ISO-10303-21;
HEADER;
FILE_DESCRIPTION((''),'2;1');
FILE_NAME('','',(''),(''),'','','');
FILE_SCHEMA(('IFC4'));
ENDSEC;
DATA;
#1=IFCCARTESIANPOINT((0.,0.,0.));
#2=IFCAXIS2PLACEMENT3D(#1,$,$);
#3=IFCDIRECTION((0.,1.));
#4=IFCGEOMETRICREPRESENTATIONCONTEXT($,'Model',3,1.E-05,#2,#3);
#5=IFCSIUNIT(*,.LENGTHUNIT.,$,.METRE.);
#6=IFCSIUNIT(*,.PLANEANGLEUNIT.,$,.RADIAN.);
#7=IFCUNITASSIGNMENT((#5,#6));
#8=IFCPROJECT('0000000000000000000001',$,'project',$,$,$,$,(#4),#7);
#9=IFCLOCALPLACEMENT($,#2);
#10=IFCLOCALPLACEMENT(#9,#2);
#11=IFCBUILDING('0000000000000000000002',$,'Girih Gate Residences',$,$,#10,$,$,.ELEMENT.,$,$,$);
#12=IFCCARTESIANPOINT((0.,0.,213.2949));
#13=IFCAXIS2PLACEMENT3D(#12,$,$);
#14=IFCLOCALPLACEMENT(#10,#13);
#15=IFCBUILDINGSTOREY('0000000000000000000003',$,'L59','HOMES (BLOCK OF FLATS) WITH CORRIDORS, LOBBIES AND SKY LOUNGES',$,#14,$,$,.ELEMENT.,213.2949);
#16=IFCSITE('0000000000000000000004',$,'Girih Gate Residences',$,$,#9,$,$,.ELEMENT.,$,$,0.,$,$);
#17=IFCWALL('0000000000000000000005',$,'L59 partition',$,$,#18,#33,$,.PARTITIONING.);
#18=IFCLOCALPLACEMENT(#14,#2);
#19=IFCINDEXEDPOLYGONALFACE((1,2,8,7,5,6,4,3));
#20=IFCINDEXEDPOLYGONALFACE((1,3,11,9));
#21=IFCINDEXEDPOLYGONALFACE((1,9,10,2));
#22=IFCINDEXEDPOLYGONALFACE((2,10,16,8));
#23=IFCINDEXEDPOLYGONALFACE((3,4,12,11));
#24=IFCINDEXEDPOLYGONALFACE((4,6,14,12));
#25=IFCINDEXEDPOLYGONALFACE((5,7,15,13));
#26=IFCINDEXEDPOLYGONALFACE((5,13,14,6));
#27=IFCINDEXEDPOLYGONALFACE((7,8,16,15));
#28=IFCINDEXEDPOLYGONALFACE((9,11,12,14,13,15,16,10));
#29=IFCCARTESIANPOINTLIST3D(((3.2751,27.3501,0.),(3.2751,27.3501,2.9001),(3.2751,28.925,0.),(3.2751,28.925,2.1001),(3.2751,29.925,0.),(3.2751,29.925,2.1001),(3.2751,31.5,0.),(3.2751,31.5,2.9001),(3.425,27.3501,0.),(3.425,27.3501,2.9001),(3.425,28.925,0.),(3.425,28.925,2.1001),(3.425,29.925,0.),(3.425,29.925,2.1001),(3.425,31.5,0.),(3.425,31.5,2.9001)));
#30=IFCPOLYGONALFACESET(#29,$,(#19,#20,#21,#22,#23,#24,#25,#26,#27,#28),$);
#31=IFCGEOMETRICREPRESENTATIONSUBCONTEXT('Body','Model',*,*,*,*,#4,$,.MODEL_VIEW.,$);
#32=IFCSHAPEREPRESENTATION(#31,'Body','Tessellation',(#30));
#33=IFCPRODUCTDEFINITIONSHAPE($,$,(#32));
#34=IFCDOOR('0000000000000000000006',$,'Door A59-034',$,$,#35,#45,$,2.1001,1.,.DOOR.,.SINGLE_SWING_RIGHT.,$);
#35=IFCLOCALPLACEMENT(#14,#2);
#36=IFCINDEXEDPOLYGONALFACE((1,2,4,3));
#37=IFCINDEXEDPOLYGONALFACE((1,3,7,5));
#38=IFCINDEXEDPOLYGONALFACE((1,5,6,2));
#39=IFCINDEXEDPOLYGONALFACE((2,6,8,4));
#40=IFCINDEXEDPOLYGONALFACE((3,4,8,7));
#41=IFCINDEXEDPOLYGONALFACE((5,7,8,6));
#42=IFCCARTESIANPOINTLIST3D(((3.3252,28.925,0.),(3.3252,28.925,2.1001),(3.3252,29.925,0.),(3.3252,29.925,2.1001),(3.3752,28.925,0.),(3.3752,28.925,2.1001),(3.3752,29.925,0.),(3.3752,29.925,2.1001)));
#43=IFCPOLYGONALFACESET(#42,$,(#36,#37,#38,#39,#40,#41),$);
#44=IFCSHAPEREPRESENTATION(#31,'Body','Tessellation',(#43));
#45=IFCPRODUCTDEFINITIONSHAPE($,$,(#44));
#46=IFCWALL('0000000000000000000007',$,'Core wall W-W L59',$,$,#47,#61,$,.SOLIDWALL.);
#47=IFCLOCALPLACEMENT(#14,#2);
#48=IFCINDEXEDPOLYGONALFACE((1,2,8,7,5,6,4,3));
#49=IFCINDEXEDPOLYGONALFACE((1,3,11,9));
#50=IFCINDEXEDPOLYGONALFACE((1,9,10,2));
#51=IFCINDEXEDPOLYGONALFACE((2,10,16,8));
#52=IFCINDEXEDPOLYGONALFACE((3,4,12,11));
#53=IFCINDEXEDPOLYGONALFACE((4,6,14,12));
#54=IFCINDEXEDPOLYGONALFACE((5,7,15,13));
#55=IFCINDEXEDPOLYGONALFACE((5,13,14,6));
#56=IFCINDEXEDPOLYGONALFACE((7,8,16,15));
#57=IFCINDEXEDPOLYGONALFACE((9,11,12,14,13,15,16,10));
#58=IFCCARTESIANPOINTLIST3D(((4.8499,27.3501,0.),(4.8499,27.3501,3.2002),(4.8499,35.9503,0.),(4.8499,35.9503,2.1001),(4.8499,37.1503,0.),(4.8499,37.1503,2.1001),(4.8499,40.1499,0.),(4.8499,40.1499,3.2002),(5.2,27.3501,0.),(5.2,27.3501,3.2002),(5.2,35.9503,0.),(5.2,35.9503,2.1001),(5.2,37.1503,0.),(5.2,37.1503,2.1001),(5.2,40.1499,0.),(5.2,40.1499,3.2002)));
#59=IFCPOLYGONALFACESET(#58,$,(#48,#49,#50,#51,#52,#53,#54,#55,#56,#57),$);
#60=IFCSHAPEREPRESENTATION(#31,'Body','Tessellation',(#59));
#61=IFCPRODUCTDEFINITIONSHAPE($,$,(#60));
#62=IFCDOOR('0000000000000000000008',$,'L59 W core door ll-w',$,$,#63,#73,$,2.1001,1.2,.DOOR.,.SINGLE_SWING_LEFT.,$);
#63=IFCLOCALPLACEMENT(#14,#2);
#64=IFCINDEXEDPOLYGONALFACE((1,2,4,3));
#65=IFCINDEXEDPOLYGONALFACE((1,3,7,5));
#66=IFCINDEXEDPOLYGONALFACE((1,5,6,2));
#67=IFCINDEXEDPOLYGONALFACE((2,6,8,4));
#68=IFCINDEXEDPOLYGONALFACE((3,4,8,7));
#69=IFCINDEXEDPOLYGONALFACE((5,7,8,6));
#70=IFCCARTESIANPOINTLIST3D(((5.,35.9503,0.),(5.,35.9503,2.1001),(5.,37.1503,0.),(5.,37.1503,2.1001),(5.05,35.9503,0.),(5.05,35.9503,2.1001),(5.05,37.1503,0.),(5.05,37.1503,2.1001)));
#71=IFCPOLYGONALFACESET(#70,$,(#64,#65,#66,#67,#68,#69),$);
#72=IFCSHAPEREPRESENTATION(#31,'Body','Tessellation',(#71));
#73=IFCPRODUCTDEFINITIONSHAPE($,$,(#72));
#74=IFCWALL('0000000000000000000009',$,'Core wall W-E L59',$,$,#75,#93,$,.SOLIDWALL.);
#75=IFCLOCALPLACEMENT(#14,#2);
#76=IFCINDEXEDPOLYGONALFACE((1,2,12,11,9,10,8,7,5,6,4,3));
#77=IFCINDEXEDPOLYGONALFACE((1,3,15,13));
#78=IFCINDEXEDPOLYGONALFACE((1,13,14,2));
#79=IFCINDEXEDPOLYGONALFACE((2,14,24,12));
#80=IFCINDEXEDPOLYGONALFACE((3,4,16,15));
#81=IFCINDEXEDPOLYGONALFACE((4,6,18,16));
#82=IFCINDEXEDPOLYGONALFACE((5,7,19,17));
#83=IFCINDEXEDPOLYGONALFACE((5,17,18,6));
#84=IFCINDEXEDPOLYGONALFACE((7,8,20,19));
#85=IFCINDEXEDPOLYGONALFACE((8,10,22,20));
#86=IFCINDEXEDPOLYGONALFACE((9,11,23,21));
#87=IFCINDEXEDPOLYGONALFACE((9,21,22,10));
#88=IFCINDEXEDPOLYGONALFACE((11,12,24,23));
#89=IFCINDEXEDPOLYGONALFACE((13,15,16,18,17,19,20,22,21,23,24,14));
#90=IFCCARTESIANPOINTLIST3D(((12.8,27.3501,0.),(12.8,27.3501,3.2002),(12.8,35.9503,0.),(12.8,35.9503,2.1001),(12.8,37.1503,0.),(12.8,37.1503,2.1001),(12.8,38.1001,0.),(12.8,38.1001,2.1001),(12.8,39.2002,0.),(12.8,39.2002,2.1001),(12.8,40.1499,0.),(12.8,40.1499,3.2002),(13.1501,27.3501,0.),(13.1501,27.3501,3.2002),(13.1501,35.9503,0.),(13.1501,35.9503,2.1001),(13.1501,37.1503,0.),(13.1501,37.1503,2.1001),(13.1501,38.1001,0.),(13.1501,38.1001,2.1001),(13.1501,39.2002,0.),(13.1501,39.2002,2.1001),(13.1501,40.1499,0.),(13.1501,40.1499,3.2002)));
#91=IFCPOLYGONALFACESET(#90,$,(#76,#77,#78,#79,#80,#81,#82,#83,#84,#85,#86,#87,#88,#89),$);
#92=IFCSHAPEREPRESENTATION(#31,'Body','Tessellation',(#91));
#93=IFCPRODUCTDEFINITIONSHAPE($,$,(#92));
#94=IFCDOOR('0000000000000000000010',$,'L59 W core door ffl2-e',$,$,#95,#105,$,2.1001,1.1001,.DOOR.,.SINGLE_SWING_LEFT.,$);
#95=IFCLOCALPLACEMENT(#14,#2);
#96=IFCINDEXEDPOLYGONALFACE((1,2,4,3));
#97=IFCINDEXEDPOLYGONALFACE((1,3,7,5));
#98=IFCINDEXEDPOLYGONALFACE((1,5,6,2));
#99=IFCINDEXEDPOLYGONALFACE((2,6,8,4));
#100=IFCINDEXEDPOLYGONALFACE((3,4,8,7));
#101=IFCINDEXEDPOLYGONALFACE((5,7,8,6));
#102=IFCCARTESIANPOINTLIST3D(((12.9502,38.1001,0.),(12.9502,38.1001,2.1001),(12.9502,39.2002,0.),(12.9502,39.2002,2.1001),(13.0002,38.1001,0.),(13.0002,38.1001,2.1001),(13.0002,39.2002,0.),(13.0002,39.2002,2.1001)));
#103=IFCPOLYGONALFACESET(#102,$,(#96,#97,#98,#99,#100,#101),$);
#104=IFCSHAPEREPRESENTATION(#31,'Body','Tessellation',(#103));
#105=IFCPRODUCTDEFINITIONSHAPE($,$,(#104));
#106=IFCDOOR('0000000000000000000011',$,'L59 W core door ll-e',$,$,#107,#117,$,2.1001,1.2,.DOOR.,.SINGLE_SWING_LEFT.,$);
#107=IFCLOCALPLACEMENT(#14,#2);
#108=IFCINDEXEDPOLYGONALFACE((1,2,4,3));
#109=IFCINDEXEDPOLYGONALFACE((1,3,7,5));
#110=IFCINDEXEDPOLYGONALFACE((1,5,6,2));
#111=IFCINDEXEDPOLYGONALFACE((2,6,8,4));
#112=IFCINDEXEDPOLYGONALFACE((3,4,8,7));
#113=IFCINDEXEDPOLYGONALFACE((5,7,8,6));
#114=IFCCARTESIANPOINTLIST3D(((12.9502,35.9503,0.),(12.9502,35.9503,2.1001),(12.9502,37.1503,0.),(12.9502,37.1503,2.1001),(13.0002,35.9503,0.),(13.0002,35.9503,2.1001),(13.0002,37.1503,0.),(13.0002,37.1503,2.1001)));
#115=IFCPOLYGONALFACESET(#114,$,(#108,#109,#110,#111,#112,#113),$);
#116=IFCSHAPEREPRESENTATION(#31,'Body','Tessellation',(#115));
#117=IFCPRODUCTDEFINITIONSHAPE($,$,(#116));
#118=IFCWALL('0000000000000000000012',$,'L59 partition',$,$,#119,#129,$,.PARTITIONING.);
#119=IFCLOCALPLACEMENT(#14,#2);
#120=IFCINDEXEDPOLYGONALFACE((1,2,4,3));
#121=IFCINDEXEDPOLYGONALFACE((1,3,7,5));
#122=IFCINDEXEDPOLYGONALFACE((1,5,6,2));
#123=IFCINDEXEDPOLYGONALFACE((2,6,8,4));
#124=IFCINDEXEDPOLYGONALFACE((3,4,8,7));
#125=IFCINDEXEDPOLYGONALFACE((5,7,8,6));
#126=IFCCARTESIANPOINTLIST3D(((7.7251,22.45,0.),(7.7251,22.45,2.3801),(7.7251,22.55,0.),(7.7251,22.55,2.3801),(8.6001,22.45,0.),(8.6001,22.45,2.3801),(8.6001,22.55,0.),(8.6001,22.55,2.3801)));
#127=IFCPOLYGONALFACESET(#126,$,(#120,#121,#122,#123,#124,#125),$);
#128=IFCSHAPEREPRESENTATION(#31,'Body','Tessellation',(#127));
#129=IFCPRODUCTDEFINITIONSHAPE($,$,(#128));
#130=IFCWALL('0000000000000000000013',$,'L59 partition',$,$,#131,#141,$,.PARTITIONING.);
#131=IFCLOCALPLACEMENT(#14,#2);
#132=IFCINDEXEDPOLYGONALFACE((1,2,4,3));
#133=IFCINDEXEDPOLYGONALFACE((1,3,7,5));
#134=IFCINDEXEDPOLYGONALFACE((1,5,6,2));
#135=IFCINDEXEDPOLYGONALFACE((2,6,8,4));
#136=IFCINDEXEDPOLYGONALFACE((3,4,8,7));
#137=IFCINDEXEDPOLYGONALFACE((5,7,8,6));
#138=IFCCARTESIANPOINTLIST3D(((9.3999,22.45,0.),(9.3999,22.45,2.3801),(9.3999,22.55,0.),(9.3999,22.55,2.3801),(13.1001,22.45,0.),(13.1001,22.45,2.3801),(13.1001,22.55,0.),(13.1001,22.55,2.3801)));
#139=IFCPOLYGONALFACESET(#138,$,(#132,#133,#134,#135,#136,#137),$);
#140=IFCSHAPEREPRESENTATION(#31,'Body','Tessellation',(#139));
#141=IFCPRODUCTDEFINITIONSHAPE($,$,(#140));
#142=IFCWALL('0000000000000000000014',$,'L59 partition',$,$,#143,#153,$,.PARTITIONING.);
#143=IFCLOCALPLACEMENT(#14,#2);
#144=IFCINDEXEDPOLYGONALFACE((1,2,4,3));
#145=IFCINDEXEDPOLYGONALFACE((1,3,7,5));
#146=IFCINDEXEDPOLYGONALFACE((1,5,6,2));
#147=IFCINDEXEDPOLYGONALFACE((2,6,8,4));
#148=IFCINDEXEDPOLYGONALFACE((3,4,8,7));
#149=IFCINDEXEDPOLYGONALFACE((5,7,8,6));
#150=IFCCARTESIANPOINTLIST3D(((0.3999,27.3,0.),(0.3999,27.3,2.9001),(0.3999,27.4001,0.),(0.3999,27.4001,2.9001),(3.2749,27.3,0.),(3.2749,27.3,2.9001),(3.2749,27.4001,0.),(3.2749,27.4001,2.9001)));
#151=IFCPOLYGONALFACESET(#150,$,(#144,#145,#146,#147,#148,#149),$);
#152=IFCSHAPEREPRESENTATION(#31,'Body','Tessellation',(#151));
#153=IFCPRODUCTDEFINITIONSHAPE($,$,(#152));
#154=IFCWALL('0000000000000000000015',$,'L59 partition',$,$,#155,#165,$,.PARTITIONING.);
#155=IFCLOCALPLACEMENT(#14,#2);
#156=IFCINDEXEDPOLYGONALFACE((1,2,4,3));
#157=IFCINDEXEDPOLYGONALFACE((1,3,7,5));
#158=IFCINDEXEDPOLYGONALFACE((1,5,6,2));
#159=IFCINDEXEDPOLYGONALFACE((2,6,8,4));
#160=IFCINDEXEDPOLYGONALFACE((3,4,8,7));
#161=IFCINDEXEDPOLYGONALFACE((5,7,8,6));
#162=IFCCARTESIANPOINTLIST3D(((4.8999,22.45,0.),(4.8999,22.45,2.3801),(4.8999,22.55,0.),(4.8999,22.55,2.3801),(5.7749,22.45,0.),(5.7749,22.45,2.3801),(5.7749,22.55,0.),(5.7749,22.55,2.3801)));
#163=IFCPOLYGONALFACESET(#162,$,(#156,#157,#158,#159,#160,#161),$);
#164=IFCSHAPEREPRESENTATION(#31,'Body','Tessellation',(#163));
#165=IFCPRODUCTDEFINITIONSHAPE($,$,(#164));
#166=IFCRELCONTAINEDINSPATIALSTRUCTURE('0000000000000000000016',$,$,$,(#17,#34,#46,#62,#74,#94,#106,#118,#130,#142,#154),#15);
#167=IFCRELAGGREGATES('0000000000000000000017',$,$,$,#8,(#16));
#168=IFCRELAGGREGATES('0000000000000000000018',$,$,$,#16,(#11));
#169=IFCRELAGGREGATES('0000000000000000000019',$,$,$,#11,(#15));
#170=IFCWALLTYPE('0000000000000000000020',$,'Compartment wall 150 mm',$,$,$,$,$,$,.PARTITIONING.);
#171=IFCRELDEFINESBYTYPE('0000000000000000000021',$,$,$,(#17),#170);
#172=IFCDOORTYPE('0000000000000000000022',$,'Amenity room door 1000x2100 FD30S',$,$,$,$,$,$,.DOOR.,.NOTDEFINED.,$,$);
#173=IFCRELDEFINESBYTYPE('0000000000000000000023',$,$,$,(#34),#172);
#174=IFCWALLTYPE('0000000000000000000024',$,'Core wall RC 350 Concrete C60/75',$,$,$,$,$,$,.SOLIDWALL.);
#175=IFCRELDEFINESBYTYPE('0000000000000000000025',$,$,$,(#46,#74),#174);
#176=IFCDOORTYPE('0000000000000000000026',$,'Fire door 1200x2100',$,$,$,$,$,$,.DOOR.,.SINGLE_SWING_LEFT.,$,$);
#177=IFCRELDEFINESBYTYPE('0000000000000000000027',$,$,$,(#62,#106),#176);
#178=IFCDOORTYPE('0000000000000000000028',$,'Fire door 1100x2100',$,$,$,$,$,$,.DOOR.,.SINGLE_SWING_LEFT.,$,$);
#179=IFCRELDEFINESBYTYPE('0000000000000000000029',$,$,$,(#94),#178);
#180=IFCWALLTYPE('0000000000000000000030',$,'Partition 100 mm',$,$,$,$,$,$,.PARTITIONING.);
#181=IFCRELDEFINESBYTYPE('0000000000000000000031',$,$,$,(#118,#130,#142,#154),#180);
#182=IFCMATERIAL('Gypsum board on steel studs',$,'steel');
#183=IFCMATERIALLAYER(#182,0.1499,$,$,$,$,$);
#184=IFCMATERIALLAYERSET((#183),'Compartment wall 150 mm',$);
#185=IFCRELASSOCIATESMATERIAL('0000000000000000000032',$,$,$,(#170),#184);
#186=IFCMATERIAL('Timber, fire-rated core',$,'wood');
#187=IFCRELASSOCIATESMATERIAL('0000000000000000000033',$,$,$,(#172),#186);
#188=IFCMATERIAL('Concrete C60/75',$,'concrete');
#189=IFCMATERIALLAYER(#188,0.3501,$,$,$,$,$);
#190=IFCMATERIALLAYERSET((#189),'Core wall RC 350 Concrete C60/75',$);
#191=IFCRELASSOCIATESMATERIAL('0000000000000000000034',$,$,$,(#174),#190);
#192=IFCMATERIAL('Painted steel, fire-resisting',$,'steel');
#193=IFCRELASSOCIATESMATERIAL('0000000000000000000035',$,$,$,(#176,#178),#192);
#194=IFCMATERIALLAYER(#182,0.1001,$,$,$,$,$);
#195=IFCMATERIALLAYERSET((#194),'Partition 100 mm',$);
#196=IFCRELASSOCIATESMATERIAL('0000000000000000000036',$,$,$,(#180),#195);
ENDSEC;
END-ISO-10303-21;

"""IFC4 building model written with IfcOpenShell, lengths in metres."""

from ifc_helpers import new_model, si_unit, direction, frame, frame_2d, origin, place, context, subcontext, project, spatial, rectangle, extrude, material, layer, layer_set, type_object, element, fill, save


model = new_model("IFC4")

# Units and contexts
model_context = context("Model", 3, precision=1e-05, world=origin(), true_north=direction((0.0, 1.0)))
body_context = subcontext(model_context, "Body", "Model", "MODEL_VIEW")
ifc_project = project(units=[si_unit("LENGTHUNIT", "METRE"), si_unit("PLANEANGLEUNIT", "RADIAN")], contexts=[model_context])

# Site, building, storey
site_placement = place(None, origin())
site = spatial("IfcSite", under=ifc_project, at=site_placement, Name="Girih Gate Residences", CompositionType="ELEMENT", RefElevation=0.0)
building_placement = place(site_placement, origin())
building = spatial("IfcBuilding", under=site, at=building_placement, Name="Girih Gate Residences", CompositionType="ELEMENT")
storey_placement = place(building_placement, frame((0.0, 0.0, 213.2949)))
storey = spatial("IfcBuildingStorey", under=building, at=storey_placement, Name="L59", Description="HOMES (BLOCK OF FLATS) WITH CORRIDORS, LOBBIES AND SKY LOUNGES", CompositionType="ELEMENT", Elevation=213.2949)

# Shared definitions
ifc_material_1 = material(Name="Concrete C60/75", Category="concrete")

# Shared definitions
ifc_material_2 = material(Name="Gypsum board on steel studs", Category="steel")
ifc_layer_1 = layer(ifc_material_2, 0.1499)
ifc_layer_set_1 = layer_set([ifc_layer_1], Name="Compartment wall 150 mm")
wall_type_1 = type_object("IfcWallType", Name="Compartment wall 150 mm", PredefinedType="PARTITIONING", material=ifc_layer_set_1)
ifc_material_3 = material(Name="Timber, fire-rated core", Category="wood")
door_type_1 = type_object("IfcDoorType", Name="Amenity room door 1000x2100 FD30S", OperationType="NOTDEFINED", PredefinedType="DOOR", material=ifc_material_3)

# Walls, openings, doors
wall_1_placement = place(storey_placement, frame((3.3501, 27.3501, 0.0), z_axis=(0.0, 0.0, 1.0), x_axis=(0.0, 1.0, 0.0)))
wall_1 = element("IfcWall", 1, at=wall_1_placement, inside=storey, type_object=wall_type_1, Name="L59 partition", PredefinedType="PARTITIONING", context=body_context, shape_type="SweptSolid", body=[
    extrude(rectangle(XDim=4.1499, YDim=0.1499, at=frame_2d((2.075, 0.0))), origin(), (0.0, 0.0, 1.0), 2.9001),
])
opening_1_placement = place(wall_1_placement, frame((1.575, 0.0, 0.0)))
opening_1 = element("IfcOpeningElement", 2, at=opening_1_placement, cuts=wall_1, PredefinedType="OPENING", context=body_context, shape_type="SweptSolid", body=[
    extrude(rectangle(XDim=1.0, YDim=2.1001, at=frame_2d((0.5, 1.05))), frame((0.0, 0.085, 0.0), z_axis=(0.0, -1.0, 0.0), x_axis=(1.0, 0.0, 0.0)), (0.0, 0.0, 1.0), 0.1699),
])
door_1_placement = place(opening_1_placement, origin())
door_1 = element("IfcDoor", 3, at=door_1_placement, inside=storey, type_object=door_type_1, Name="Door A59-034", OperationType="SINGLE_SWING_RIGHT", OverallHeight=2.1001, OverallWidth=1.0, PredefinedType="DOOR", context=body_context, shape_type="SweptSolid", body=[
    extrude(rectangle(XDim=1.0, YDim=2.1001, at=frame_2d((0.5, 1.05))), frame((0.0, 0.0249, 0.0), z_axis=(0.0, -1.0, 0.0), x_axis=(1.0, 0.0, 0.0)), (0.0, 0.0, 1.0), 0.05),
])
fill(opening_1, door_1)
ifc_layer_2 = layer(ifc_material_1, 0.3501)
ifc_layer_set_2 = layer_set([ifc_layer_2], Name="Core wall RC 350 Concrete C60/75")
wall_type_2 = type_object("IfcWallType", Name="Core wall RC 350 Concrete C60/75", PredefinedType="SOLIDWALL", material=ifc_layer_set_2)
wall_2_placement = place(storey_placement, frame((5.0249, 27.3501, 0.0), z_axis=(0.0, 0.0, 1.0), x_axis=(0.0, 1.0, 0.0)))
wall_2 = element("IfcWall", 4, at=wall_2_placement, inside=storey, type_object=wall_type_2, Name="Core wall W-W L59", PredefinedType="SOLIDWALL", context=body_context, shape_type="SweptSolid", body=[
    extrude(rectangle(XDim=12.7998, YDim=0.3501, at=frame_2d((6.3999, 0.0))), origin(), (0.0, 0.0, 1.0), 3.2002),
])
opening_2_placement = place(wall_2_placement, frame((8.6001, 0.0, 0.0)))
opening_2 = element("IfcOpeningElement", 5, at=opening_2_placement, cuts=wall_2, PredefinedType="OPENING", context=body_context, shape_type="SweptSolid", body=[
    extrude(rectangle(XDim=1.2, YDim=2.1001, at=frame_2d((0.6001, 1.05))), frame((0.0, 0.1851, 0.0), z_axis=(0.0, -1.0, 0.0), x_axis=(1.0, 0.0, 0.0)), (0.0, 0.0, 1.0), 0.3701),
])
ifc_material_4 = material(Name="Painted steel, fire-resisting", Category="steel")
door_type_2 = type_object("IfcDoorType", Name="Fire door 1200x2100", OperationType="SINGLE_SWING_LEFT", PredefinedType="DOOR", material=ifc_material_4)
door_2_placement = place(opening_2_placement, origin())
door_2 = element("IfcDoor", 6, at=door_2_placement, inside=storey, type_object=door_type_2, Name="L59 W core door ll-w", OperationType="SINGLE_SWING_LEFT", OverallHeight=2.1001, OverallWidth=1.2, PredefinedType="DOOR", context=body_context, shape_type="SweptSolid", body=[
    extrude(rectangle(XDim=1.2, YDim=2.1001, at=frame_2d((0.6001, 1.05))), frame((0.0, 0.0249, 0.0), z_axis=(0.0, -1.0, 0.0), x_axis=(1.0, 0.0, 0.0)), (0.0, 0.0, 1.0), 0.05),
])
fill(opening_2, door_2)

# Wall, openings, doors
wall_3_placement = place(storey_placement, frame((12.9751, 27.3501, 0.0), z_axis=(0.0, 0.0, 1.0), x_axis=(0.0, 1.0, 0.0)))
wall_3 = element("IfcWall", 7, at=wall_3_placement, inside=storey, type_object=wall_type_2, Name="Core wall W-E L59", PredefinedType="SOLIDWALL", context=body_context, shape_type="SweptSolid", body=[
    extrude(rectangle(XDim=12.7998, YDim=0.3501, at=frame_2d((6.3999, 0.0))), origin(), (0.0, 0.0, 1.0), 3.2002),
])
opening_3_placement = place(wall_3_placement, frame((10.75, 0.0, 0.0)))
opening_3 = element("IfcOpeningElement", 8, at=opening_3_placement, cuts=wall_3, PredefinedType="OPENING", context=body_context, shape_type="SweptSolid", body=[
    extrude(rectangle(XDim=1.1001, YDim=2.1001, at=frame_2d((0.55, 1.05))), frame((0.0, 0.1851, 0.0), z_axis=(0.0, -1.0, 0.0), x_axis=(1.0, 0.0, 0.0)), (0.0, 0.0, 1.0), 0.3701),
])
opening_4_placement = place(wall_3_placement, frame((8.6001, 0.0, 0.0)))
opening_4 = element("IfcOpeningElement", 9, at=opening_4_placement, cuts=wall_3, PredefinedType="OPENING", context=body_context, shape_type="SweptSolid", body=[
    extrude(rectangle(XDim=1.2, YDim=2.1001, at=frame_2d((0.6001, 1.05))), frame((0.0, 0.1851, 0.0), z_axis=(0.0, -1.0, 0.0), x_axis=(1.0, 0.0, 0.0)), (0.0, 0.0, 1.0), 0.3701),
])
door_type_3 = type_object("IfcDoorType", Name="Fire door 1100x2100", OperationType="SINGLE_SWING_LEFT", PredefinedType="DOOR", material=ifc_material_4)
door_3_placement = place(opening_3_placement, origin())
door_3 = element("IfcDoor", 10, at=door_3_placement, inside=storey, type_object=door_type_3, Name="L59 W core door ffl2-e", OperationType="SINGLE_SWING_LEFT", OverallHeight=2.1001, OverallWidth=1.1001, PredefinedType="DOOR", context=body_context, shape_type="SweptSolid", body=[
    extrude(rectangle(XDim=1.1001, YDim=2.1001, at=frame_2d((0.55, 1.05))), frame((0.0, 0.0249, 0.0), z_axis=(0.0, -1.0, 0.0), x_axis=(1.0, 0.0, 0.0)), (0.0, 0.0, 1.0), 0.05),
])
fill(opening_3, door_3)
door_4_placement = place(opening_4_placement, origin())
door_4 = element("IfcDoor", 11, at=door_4_placement, inside=storey, type_object=door_type_2, Name="L59 W core door ll-e", OperationType="SINGLE_SWING_LEFT", OverallHeight=2.1001, OverallWidth=1.2, PredefinedType="DOOR", context=body_context, shape_type="SweptSolid", body=[
    extrude(rectangle(XDim=1.2, YDim=2.1001, at=frame_2d((0.6001, 1.05))), frame((0.0, 0.0249, 0.0), z_axis=(0.0, -1.0, 0.0), x_axis=(1.0, 0.0, 0.0)), (0.0, 0.0, 1.0), 0.05),
])
fill(opening_4, door_4)

# Walls
ifc_layer_3 = layer(ifc_material_2, 0.1001)
ifc_layer_set_3 = layer_set([ifc_layer_3], Name="Partition 100 mm")
wall_type_3 = type_object("IfcWallType", Name="Partition 100 mm", PredefinedType="PARTITIONING", material=ifc_layer_set_3)
wall_4_placement = place(storey_placement, frame((7.7251, 22.5, 0.0), z_axis=(0.0, 0.0, 1.0), x_axis=(1.0, 0.0, 0.0)))
element("IfcWall", 12, at=wall_4_placement, inside=storey, type_object=wall_type_3, Name="L59 partition", PredefinedType="PARTITIONING", context=body_context, shape_type="SweptSolid", body=[
    extrude(rectangle(XDim=0.875, YDim=0.1001, at=frame_2d((0.4375, 0.0))), origin(), (0.0, 0.0, 1.0), 2.3801),
])
wall_5_placement = place(storey_placement, frame((9.3999, 22.5, 0.0), z_axis=(0.0, 0.0, 1.0), x_axis=(1.0, 0.0, 0.0)))
element("IfcWall", 13, at=wall_5_placement, inside=storey, type_object=wall_type_3, Name="L59 partition", PredefinedType="PARTITIONING", context=body_context, shape_type="SweptSolid", body=[
    extrude(rectangle(XDim=3.7002, YDim=0.1001, at=frame_2d((1.8501, 0.0))), origin(), (0.0, 0.0, 1.0), 2.3801),
])
wall_6_placement = place(storey_placement, frame((0.3999, 27.3501, 0.0), z_axis=(0.0, 0.0, 1.0), x_axis=(1.0, 0.0, 0.0)))
element("IfcWall", 14, at=wall_6_placement, inside=storey, type_object=wall_type_3, Name="L59 partition", PredefinedType="PARTITIONING", context=body_context, shape_type="SweptSolid", body=[
    extrude(rectangle(XDim=2.875, YDim=0.1001, at=frame_2d((1.4375, 0.0))), origin(), (0.0, 0.0, 1.0), 2.9001),
])
wall_7_placement = place(storey_placement, frame((4.8999, 22.5, 0.0), z_axis=(0.0, 0.0, 1.0), x_axis=(1.0, 0.0, 0.0)))
element("IfcWall", 15, at=wall_7_placement, inside=storey, type_object=wall_type_3, Name="L59 partition", PredefinedType="PARTITIONING", context=body_context, shape_type="SweptSolid", body=[
    extrude(rectangle(XDim=0.875, YDim=0.1001, at=frame_2d((0.4375, 0.0))), origin(), (0.0, 0.0, 1.0), 2.3801),
])

save(model, "model.ifc")
